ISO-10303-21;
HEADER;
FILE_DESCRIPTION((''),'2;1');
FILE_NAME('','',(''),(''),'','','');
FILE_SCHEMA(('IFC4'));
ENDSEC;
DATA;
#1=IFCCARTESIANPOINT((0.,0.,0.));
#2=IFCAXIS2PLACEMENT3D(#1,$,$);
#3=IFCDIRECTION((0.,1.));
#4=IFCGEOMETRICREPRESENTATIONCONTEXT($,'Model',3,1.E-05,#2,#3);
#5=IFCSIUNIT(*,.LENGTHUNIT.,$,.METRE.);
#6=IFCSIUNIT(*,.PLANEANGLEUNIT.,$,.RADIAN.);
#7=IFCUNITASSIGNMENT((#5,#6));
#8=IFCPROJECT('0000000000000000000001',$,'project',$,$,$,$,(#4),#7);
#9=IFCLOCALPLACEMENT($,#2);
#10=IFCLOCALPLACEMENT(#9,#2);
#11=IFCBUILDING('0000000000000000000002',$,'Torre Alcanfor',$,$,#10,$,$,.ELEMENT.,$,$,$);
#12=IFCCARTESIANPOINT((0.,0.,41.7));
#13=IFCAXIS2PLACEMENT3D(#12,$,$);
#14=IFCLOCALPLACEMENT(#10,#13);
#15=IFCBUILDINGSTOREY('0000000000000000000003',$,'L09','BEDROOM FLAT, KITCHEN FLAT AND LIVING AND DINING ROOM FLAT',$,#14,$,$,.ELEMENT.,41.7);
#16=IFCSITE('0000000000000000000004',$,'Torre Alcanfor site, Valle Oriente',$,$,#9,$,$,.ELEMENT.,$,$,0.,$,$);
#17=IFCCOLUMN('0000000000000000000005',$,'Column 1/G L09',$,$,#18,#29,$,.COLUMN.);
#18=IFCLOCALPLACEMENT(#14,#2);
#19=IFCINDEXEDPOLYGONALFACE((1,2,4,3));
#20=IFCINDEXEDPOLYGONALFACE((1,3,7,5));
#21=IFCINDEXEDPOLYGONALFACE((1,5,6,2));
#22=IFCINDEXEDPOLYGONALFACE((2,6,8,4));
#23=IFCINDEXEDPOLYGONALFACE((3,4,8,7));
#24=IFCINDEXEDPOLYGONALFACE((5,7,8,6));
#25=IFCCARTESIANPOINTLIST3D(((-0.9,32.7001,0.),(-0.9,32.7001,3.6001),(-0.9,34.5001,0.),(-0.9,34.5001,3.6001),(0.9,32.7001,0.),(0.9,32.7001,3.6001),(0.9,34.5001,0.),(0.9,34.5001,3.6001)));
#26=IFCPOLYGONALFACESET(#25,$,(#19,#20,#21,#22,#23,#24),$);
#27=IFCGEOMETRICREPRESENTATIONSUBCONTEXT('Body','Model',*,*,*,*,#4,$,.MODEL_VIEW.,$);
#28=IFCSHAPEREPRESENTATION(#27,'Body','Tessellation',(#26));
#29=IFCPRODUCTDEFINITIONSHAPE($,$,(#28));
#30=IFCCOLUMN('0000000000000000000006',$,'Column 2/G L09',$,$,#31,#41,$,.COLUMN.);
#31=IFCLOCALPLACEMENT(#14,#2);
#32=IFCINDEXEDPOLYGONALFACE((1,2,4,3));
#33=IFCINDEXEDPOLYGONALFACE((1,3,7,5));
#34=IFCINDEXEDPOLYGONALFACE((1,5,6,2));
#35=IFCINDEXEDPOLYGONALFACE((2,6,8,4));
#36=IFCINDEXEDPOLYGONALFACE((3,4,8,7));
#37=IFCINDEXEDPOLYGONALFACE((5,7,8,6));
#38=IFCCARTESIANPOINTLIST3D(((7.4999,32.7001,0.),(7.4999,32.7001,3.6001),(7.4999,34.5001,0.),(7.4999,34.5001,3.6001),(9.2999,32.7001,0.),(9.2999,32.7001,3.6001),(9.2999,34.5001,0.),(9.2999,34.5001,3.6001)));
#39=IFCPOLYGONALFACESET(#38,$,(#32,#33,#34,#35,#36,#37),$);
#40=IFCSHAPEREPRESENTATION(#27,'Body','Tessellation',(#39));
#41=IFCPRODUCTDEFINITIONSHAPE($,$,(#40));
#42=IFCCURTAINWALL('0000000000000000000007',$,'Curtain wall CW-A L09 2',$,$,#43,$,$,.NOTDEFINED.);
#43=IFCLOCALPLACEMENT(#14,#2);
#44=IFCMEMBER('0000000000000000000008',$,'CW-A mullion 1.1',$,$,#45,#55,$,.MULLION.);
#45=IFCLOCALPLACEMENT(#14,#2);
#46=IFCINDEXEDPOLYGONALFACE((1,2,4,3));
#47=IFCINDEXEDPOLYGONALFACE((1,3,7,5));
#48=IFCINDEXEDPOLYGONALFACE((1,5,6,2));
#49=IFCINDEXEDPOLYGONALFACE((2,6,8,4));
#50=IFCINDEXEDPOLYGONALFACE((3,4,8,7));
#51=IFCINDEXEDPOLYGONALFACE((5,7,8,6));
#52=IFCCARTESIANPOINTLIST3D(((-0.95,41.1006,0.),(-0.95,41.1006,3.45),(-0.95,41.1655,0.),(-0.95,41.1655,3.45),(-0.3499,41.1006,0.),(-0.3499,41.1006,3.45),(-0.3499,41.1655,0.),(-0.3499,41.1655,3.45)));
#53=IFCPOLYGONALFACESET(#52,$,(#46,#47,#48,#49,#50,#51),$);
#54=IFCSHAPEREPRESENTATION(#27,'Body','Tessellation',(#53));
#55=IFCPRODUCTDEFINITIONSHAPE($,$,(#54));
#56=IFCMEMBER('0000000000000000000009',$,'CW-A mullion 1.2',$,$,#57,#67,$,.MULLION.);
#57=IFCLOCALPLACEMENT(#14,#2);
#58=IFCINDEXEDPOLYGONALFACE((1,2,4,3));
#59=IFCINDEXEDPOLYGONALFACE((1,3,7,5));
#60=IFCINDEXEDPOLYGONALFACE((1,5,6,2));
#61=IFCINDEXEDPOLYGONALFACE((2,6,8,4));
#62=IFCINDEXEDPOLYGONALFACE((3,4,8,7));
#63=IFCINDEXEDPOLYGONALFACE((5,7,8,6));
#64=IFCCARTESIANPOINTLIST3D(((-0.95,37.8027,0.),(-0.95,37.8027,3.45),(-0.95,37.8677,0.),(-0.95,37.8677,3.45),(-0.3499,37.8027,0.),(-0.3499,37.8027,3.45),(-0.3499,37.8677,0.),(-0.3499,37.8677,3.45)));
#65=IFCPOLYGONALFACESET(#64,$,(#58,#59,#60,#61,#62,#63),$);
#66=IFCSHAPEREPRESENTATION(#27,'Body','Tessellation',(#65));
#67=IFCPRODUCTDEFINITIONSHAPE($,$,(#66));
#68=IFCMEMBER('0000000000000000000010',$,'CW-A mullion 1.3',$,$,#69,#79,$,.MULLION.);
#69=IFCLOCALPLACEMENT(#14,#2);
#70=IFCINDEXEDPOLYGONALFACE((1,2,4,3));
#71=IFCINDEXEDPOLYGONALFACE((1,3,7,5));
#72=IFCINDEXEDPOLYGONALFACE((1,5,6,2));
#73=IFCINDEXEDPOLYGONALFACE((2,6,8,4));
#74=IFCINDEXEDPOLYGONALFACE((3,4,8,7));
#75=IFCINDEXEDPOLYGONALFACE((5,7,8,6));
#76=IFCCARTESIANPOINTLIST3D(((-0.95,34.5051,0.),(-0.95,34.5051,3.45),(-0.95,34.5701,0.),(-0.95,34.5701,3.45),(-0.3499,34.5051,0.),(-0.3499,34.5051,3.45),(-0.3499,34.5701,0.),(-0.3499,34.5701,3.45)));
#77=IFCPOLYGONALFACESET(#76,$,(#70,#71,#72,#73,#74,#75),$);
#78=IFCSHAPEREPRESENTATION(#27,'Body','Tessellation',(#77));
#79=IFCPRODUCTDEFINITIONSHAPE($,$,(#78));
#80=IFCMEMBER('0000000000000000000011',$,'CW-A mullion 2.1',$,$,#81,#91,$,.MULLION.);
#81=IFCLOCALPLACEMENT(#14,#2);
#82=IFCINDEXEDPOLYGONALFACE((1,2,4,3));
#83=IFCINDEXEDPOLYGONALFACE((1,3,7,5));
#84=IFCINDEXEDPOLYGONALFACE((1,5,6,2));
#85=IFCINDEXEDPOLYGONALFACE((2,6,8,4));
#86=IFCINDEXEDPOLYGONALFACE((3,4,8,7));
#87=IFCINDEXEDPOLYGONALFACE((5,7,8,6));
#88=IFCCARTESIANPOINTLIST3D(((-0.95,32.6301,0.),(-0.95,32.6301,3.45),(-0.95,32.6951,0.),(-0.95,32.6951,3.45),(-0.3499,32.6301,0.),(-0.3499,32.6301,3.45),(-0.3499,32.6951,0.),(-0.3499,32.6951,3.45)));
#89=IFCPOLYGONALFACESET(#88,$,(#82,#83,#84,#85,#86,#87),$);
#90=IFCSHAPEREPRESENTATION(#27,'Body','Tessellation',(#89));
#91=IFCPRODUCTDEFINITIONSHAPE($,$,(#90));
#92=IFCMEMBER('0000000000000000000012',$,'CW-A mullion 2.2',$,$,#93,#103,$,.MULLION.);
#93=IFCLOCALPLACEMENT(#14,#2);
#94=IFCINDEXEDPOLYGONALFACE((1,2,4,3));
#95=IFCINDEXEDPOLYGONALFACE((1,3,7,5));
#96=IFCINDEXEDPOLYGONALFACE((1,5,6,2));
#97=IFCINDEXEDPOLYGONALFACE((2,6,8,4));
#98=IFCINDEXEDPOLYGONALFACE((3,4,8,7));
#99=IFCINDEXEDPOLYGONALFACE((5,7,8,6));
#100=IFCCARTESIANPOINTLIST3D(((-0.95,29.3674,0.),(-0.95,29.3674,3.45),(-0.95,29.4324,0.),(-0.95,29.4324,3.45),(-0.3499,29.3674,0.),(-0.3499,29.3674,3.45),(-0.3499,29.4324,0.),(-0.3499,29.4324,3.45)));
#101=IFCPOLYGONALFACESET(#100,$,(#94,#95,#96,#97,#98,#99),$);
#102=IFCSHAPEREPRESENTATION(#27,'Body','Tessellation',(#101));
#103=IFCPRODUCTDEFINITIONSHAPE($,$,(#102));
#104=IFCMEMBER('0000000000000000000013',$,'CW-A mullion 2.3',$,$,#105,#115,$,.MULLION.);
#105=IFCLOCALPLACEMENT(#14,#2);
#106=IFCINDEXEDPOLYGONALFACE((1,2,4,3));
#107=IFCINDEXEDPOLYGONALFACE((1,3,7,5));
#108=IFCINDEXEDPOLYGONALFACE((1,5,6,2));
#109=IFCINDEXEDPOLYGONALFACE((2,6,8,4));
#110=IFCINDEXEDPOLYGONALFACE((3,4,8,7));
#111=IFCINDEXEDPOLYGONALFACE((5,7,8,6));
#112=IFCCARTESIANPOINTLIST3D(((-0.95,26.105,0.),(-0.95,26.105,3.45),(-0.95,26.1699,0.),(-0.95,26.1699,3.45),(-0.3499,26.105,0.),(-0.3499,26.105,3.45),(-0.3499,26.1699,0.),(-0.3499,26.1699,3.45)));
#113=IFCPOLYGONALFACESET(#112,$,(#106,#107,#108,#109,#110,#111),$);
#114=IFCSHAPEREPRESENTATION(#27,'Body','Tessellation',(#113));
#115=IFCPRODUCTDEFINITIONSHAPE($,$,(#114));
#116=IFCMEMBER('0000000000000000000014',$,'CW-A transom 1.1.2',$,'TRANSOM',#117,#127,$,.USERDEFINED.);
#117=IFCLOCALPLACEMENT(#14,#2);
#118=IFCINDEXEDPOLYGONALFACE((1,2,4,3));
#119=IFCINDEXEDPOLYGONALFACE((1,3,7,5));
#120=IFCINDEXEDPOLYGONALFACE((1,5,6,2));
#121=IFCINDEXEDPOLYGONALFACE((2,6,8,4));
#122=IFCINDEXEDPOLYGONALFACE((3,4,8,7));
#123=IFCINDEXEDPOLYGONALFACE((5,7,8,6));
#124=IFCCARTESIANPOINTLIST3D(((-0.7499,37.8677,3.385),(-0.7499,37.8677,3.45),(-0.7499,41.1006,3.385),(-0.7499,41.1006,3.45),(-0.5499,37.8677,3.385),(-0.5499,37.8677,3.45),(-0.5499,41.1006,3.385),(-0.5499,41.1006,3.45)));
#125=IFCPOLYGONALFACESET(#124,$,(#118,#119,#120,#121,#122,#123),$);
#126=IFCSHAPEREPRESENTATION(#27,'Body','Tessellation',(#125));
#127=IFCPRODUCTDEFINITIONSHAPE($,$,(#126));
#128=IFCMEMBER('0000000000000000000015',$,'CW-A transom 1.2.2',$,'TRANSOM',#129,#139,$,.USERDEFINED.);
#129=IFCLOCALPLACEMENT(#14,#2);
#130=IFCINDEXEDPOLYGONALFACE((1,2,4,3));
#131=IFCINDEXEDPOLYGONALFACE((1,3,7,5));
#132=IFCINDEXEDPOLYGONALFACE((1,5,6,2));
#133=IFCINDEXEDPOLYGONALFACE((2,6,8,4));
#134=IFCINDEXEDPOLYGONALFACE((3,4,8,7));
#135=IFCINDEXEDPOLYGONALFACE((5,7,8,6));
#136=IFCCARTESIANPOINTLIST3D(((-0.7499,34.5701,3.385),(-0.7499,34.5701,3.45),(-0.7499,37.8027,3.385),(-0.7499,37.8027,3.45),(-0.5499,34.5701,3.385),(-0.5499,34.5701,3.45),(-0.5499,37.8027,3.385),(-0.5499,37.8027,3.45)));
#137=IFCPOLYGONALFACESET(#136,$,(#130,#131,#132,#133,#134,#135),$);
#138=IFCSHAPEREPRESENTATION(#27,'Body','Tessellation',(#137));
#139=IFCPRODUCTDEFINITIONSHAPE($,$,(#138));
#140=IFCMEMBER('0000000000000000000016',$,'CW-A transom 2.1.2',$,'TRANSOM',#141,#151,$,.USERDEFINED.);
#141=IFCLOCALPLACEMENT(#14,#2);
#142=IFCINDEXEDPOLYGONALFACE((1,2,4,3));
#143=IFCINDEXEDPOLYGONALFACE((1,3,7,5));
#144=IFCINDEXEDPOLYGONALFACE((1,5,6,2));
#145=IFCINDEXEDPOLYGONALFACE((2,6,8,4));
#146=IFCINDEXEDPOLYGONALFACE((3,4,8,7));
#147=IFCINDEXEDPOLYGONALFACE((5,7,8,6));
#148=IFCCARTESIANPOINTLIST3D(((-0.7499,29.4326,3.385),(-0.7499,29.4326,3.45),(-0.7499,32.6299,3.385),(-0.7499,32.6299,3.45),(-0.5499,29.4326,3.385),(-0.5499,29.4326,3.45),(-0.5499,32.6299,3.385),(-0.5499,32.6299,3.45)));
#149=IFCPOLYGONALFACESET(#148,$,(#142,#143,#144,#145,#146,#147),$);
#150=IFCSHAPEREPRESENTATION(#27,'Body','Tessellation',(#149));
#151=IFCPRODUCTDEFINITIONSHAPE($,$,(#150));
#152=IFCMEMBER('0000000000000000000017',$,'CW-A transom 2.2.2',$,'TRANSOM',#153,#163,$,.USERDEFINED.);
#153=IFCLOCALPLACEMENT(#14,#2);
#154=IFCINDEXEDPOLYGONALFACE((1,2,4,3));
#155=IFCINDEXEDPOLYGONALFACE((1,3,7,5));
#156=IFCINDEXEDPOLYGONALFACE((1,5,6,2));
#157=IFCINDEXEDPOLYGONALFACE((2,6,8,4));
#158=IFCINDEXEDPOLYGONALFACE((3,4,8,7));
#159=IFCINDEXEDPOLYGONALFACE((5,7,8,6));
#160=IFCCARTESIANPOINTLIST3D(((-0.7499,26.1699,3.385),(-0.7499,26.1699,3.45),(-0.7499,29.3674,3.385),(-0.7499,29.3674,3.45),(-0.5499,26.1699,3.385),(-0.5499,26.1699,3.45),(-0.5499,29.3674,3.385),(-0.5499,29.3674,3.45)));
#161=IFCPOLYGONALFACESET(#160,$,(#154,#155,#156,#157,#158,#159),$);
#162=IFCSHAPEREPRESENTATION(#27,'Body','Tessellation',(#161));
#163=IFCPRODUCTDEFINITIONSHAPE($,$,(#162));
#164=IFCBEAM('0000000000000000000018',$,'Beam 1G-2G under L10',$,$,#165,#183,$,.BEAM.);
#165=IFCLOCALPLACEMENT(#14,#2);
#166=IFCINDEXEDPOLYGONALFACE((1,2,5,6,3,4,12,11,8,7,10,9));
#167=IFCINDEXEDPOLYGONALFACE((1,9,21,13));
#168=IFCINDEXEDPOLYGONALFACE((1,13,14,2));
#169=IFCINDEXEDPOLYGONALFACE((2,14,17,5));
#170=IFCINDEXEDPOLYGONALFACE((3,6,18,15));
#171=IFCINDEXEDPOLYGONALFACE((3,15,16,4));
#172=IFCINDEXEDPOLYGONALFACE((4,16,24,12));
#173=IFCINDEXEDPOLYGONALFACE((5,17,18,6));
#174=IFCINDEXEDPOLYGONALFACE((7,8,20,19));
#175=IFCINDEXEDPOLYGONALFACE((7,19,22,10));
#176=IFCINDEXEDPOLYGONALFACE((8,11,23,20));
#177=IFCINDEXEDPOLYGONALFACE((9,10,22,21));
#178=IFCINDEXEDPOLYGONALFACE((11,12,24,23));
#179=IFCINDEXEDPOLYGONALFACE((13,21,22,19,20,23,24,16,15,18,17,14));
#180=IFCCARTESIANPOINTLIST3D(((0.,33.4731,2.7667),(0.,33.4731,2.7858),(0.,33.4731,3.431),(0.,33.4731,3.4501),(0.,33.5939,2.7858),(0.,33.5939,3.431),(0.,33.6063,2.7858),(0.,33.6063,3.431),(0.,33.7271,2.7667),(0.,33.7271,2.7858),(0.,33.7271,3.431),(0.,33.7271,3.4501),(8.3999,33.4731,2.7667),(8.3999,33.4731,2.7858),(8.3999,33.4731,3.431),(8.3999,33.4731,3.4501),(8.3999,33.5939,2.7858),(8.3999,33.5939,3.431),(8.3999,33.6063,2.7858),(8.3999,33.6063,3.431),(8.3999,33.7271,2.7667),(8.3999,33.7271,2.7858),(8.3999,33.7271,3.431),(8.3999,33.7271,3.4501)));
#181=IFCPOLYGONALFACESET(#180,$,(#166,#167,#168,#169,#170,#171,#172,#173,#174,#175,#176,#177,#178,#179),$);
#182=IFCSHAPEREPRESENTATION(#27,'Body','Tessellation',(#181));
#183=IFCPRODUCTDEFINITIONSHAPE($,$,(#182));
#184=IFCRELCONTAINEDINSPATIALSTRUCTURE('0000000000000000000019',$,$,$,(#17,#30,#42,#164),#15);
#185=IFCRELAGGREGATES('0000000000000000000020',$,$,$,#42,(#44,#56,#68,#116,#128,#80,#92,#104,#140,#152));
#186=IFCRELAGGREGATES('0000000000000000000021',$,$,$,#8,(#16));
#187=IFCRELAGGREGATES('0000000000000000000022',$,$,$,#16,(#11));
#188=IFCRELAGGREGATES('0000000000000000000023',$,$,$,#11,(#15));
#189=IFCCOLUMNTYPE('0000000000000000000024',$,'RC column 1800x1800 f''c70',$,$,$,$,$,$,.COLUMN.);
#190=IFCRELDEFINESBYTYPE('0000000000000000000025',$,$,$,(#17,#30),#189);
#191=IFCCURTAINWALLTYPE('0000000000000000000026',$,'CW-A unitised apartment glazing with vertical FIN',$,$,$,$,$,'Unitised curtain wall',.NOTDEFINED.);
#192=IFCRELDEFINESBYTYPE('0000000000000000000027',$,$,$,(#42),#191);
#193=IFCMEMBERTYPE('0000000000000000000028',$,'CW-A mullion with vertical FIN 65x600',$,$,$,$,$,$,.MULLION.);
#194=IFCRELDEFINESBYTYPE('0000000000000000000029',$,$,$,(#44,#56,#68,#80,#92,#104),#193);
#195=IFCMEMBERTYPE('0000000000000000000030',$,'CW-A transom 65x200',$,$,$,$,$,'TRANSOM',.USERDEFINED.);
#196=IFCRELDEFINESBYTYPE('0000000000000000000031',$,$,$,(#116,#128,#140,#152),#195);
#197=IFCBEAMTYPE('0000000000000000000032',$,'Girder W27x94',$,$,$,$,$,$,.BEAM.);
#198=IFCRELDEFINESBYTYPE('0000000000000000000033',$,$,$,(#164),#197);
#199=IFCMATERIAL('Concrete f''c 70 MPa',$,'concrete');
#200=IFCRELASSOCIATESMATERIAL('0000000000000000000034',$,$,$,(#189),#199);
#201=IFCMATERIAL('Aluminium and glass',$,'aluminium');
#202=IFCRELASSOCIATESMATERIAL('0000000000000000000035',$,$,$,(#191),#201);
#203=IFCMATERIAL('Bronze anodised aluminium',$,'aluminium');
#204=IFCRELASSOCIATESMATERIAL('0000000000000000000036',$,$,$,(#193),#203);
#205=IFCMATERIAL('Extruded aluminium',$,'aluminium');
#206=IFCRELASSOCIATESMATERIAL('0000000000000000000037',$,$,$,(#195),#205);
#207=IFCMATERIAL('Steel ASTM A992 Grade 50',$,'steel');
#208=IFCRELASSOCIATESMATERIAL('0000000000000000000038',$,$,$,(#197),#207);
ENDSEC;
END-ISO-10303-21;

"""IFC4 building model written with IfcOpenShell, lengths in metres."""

from ifc_helpers import new_model, si_unit, direction, frame, origin, origin_2d, place, context, subcontext, project, spatial, rectangle, i_section, extrude, material, material_profile, profile_set, type_object, element, aggregate, save


model = new_model("IFC4")

# Units and contexts
model_context = context("Model", 3, precision=1e-05, world=origin(), true_north=direction((0.0, 1.0)))
body_context = subcontext(model_context, "Body", "Model", "MODEL_VIEW")
ifc_project = project(units=[si_unit("LENGTHUNIT", "METRE"), si_unit("PLANEANGLEUNIT", "RADIAN")], contexts=[model_context])

# Site, building, storey
site_placement = place(None, origin())
site = spatial("IfcSite", under=ifc_project, at=site_placement, Name="Torre Alcanfor site, Valle Oriente", CompositionType="ELEMENT", RefElevation=0.0)
building_placement = place(site_placement, origin())
building = spatial("IfcBuilding", under=site, at=building_placement, Name="Torre Alcanfor", CompositionType="ELEMENT")
storey_placement = place(building_placement, frame((0.0, 0.0, 41.7)))
storey = spatial("IfcBuildingStorey", under=building, at=storey_placement, Name="L09", Description="BEDROOM FLAT, KITCHEN FLAT AND LIVING AND DINING ROOM FLAT", CompositionType="ELEMENT", Elevation=41.7)

# Columns
ifc_material_1 = material(Name="Concrete f'c 70 MPa", Category="concrete")
ifc_material_profile_1 = material_profile(ifc_material_1, rectangle(XDim=1.8, YDim=1.8, at=origin_2d()), Name="1800x1800")
ifc_profile_set_1 = profile_set([ifc_material_profile_1], Name="Concrete f'c 70 MPa")
column_type = type_object("IfcColumnType", Name="RC column 1800x1800 f'c70", PredefinedType="COLUMN", material=ifc_profile_set_1)
for number, where, z_axis, x_axis, name in (
    (1, (0.0, 33.6001, 0.0), (0.0, 0.0, 1.0), (1.0, 0.0, 0.0), "Column 1/G L09"),
    (2, (8.3999, 33.6001, 0.0), (0.0, 0.0, 1.0), (1.0, 0.0, 0.0), "Column 2/G L09"),
):
    element("IfcColumn", number, at=place(storey_placement, frame(where, z_axis=z_axis, x_axis=x_axis)), inside=storey, type_object=column_type, Name=name, PredefinedType="COLUMN", context=body_context, shape_type="SweptSolid", body=[
        extrude(rectangle(XDim=1.8, YDim=1.8, at=origin_2d()), origin(), (0.0, 0.0, 1.0), 3.6001),
    ])

# Curtain wall, members
ifc_material_2 = material(Name="Aluminium and glass", Category="aluminium")
curtain_wall_type = type_object("IfcCurtainWallType", Name="CW-A unitised apartment glazing with vertical FIN", ElementType="Unitised curtain wall", PredefinedType="NOTDEFINED", material=ifc_material_2)
curtain_wall_placement = place(storey_placement, origin())
curtain_wall = element("IfcCurtainWall", 3, at=curtain_wall_placement, inside=storey, type_object=curtain_wall_type, Name="Curtain wall CW-A L09 2", PredefinedType="NOTDEFINED")
ifc_material_3 = material(Name="Bronze anodised aluminium", Category="aluminium")
ifc_material_profile_2 = material_profile(ifc_material_3, rectangle(XDim=0.6001, YDim=0.0649, at=origin_2d()), Name="CW-A mullion 65x600")
ifc_profile_set_2 = profile_set([ifc_material_profile_2], Name="Bronze anodised aluminium")
member_type_1 = type_object("IfcMemberType", Name="CW-A mullion with vertical FIN 65x600", PredefinedType="MULLION", material=ifc_profile_set_2)
member_1_placement = place(storey_placement, frame((-0.6499, 41.1331, 0.0), z_axis=(0.0, 0.0, 1.0), x_axis=(1.0, 0.0, 0.0)))
member_1 = element("IfcMember", 4, at=member_1_placement, type_object=member_type_1, Name="CW-A mullion 1.1", PredefinedType="MULLION", context=body_context, shape_type="SweptSolid", body=[
    extrude(rectangle(XDim=0.6001, YDim=0.0649, at=origin_2d()), origin(), (0.0, 0.0, 1.0), 3.45),
])
member_2_placement = place(storey_placement, frame((-0.6499, 37.8352, 0.0), z_axis=(0.0, 0.0, 1.0), x_axis=(1.0, 0.0, 0.0)))
member_2 = element("IfcMember", 5, at=member_2_placement, type_object=member_type_1, Name="CW-A mullion 1.2", PredefinedType="MULLION", context=body_context, shape_type="SweptSolid", body=[
    extrude(rectangle(XDim=0.6001, YDim=0.0649, at=origin_2d()), origin(), (0.0, 0.0, 1.0), 3.45),
])
member_3_placement = place(storey_placement, frame((-0.6499, 34.5376, 0.0), z_axis=(0.0, 0.0, 1.0), x_axis=(1.0, 0.0, 0.0)))
member_3 = element("IfcMember", 6, at=member_3_placement, type_object=member_type_1, Name="CW-A mullion 1.3", PredefinedType="MULLION", context=body_context, shape_type="SweptSolid", body=[
    extrude(rectangle(XDim=0.6001, YDim=0.0649, at=origin_2d()), origin(), (0.0, 0.0, 1.0), 3.45),
])
member_4_placement = place(storey_placement, frame((-0.6499, 32.6626, 0.0), z_axis=(0.0, 0.0, 1.0), x_axis=(1.0, 0.0, 0.0)))
member_4 = element("IfcMember", 7, at=member_4_placement, type_object=member_type_1, Name="CW-A mullion 2.1", PredefinedType="MULLION", context=body_context, shape_type="SweptSolid", body=[
    extrude(rectangle(XDim=0.6001, YDim=0.0649, at=origin_2d()), origin(), (0.0, 0.0, 1.0), 3.45),
])
member_5_placement = place(storey_placement, frame((-0.6499, 29.3999, 0.0), z_axis=(0.0, 0.0, 1.0), x_axis=(1.0, 0.0, 0.0)))
member_5 = element("IfcMember", 8, at=member_5_placement, type_object=member_type_1, Name="CW-A mullion 2.2", PredefinedType="MULLION", context=body_context, shape_type="SweptSolid", body=[
    extrude(rectangle(XDim=0.6001, YDim=0.0649, at=origin_2d()), origin(), (0.0, 0.0, 1.0), 3.45),
])
member_6_placement = place(storey_placement, frame((-0.6499, 26.1375, 0.0), z_axis=(0.0, 0.0, 1.0), x_axis=(1.0, 0.0, 0.0)))
member_6 = element("IfcMember", 9, at=member_6_placement, type_object=member_type_1, Name="CW-A mullion 2.3", PredefinedType="MULLION", context=body_context, shape_type="SweptSolid", body=[
    extrude(rectangle(XDim=0.6001, YDim=0.0649, at=origin_2d()), origin(), (0.0, 0.0, 1.0), 3.45),
])
ifc_material_4 = material(Name="Extruded aluminium", Category="aluminium")
ifc_material_profile_3 = material_profile(ifc_material_4, rectangle(XDim=0.2, YDim=0.0649, at=origin_2d()), Name="CW-A transom 200x65")
ifc_profile_set_3 = profile_set([ifc_material_profile_3], Name="Extruded aluminium")
member_type_2 = type_object("IfcMemberType", Name="CW-A transom 65x200", ElementType="TRANSOM", PredefinedType="USERDEFINED", material=ifc_profile_set_3)
member_7_placement = place(storey_placement, frame((-0.6499, 41.1006, 3.4175), z_axis=(0.0, -1.0, 0.0), x_axis=(1.0, 0.0, 0.0)))
member_7 = element("IfcMember", 10, at=member_7_placement, type_object=member_type_2, Name="CW-A transom 1.1.2", ObjectType="TRANSOM", PredefinedType="USERDEFINED", context=body_context, shape_type="SweptSolid", body=[
    extrude(rectangle(XDim=0.2, YDim=0.0649, at=origin_2d()), origin(), (0.0, 0.0, 1.0), 3.2329),
])
member_8_placement = place(storey_placement, frame((-0.6499, 37.8027, 3.4175), z_axis=(0.0, -1.0, 0.0), x_axis=(1.0, 0.0, 0.0)))
member_8 = element("IfcMember", 11, at=member_8_placement, type_object=member_type_2, Name="CW-A transom 1.2.2", ObjectType="TRANSOM", PredefinedType="USERDEFINED", context=body_context, shape_type="SweptSolid", body=[
    extrude(rectangle(XDim=0.2, YDim=0.0649, at=origin_2d()), origin(), (0.0, 0.0, 1.0), 3.2327),
])
member_9_placement = place(storey_placement, frame((-0.6499, 32.6299, 3.4175), z_axis=(0.0, -1.0, 0.0), x_axis=(1.0, 0.0, 0.0)))
member_9 = element("IfcMember", 12, at=member_9_placement, type_object=member_type_2, Name="CW-A transom 2.1.2", ObjectType="TRANSOM", PredefinedType="USERDEFINED", context=body_context, shape_type="SweptSolid", body=[
    extrude(rectangle(XDim=0.2, YDim=0.0649, at=origin_2d()), origin(), (0.0, 0.0, 1.0), 3.1973),
])
member_10_placement = place(storey_placement, frame((-0.6499, 29.3674, 3.4175), z_axis=(0.0, -1.0, 0.0), x_axis=(1.0, 0.0, 0.0)))
member_10 = element("IfcMember", 13, at=member_10_placement, type_object=member_type_2, Name="CW-A transom 2.2.2", ObjectType="TRANSOM", PredefinedType="USERDEFINED", context=body_context, shape_type="SweptSolid", body=[
    extrude(rectangle(XDim=0.2, YDim=0.0649, at=origin_2d()), origin(), (0.0, 0.0, 1.0), 3.1975),
])

# Beam
ifc_material_5 = material(Name="Steel ASTM A992 Grade 50", Category="steel")
ifc_material_profile_4 = material_profile(ifc_material_5, i_section(OverallWidth=0.2539, OverallDepth=0.6833, WebThickness=0.0125, FlangeThickness=0.019, at=origin_2d()), Name="W27x94")
ifc_profile_set_4 = profile_set([ifc_material_profile_4], Name="Steel ASTM A992 Grade 50")
beam_type_1 = type_object("IfcBeamType", Name="Girder W27x94", PredefinedType="BEAM", material=ifc_profile_set_4)
beam_1_placement = place(storey_placement, frame((0.0, 33.6001, 3.1084), z_axis=(1.0, 0.0, 0.0), x_axis=(0.0, 1.0, 0.0)))
element("IfcBeam", 14, at=beam_1_placement, inside=storey, type_object=beam_type_1, Name="Beam 1G-2G under L10", PredefinedType="BEAM", context=body_context, shape_type="SweptSolid", body=[
    extrude(i_section(OverallWidth=0.2539, OverallDepth=0.6833, WebThickness=0.0125, FlangeThickness=0.019, at=origin_2d()), origin(), (0.0, 0.0, 1.0), 8.3999),
])

aggregate(curtain_wall, [member_1, member_2, member_3, member_7, member_8, member_4, member_5, member_6, member_9, member_10])

save(model, "model.ifc")
